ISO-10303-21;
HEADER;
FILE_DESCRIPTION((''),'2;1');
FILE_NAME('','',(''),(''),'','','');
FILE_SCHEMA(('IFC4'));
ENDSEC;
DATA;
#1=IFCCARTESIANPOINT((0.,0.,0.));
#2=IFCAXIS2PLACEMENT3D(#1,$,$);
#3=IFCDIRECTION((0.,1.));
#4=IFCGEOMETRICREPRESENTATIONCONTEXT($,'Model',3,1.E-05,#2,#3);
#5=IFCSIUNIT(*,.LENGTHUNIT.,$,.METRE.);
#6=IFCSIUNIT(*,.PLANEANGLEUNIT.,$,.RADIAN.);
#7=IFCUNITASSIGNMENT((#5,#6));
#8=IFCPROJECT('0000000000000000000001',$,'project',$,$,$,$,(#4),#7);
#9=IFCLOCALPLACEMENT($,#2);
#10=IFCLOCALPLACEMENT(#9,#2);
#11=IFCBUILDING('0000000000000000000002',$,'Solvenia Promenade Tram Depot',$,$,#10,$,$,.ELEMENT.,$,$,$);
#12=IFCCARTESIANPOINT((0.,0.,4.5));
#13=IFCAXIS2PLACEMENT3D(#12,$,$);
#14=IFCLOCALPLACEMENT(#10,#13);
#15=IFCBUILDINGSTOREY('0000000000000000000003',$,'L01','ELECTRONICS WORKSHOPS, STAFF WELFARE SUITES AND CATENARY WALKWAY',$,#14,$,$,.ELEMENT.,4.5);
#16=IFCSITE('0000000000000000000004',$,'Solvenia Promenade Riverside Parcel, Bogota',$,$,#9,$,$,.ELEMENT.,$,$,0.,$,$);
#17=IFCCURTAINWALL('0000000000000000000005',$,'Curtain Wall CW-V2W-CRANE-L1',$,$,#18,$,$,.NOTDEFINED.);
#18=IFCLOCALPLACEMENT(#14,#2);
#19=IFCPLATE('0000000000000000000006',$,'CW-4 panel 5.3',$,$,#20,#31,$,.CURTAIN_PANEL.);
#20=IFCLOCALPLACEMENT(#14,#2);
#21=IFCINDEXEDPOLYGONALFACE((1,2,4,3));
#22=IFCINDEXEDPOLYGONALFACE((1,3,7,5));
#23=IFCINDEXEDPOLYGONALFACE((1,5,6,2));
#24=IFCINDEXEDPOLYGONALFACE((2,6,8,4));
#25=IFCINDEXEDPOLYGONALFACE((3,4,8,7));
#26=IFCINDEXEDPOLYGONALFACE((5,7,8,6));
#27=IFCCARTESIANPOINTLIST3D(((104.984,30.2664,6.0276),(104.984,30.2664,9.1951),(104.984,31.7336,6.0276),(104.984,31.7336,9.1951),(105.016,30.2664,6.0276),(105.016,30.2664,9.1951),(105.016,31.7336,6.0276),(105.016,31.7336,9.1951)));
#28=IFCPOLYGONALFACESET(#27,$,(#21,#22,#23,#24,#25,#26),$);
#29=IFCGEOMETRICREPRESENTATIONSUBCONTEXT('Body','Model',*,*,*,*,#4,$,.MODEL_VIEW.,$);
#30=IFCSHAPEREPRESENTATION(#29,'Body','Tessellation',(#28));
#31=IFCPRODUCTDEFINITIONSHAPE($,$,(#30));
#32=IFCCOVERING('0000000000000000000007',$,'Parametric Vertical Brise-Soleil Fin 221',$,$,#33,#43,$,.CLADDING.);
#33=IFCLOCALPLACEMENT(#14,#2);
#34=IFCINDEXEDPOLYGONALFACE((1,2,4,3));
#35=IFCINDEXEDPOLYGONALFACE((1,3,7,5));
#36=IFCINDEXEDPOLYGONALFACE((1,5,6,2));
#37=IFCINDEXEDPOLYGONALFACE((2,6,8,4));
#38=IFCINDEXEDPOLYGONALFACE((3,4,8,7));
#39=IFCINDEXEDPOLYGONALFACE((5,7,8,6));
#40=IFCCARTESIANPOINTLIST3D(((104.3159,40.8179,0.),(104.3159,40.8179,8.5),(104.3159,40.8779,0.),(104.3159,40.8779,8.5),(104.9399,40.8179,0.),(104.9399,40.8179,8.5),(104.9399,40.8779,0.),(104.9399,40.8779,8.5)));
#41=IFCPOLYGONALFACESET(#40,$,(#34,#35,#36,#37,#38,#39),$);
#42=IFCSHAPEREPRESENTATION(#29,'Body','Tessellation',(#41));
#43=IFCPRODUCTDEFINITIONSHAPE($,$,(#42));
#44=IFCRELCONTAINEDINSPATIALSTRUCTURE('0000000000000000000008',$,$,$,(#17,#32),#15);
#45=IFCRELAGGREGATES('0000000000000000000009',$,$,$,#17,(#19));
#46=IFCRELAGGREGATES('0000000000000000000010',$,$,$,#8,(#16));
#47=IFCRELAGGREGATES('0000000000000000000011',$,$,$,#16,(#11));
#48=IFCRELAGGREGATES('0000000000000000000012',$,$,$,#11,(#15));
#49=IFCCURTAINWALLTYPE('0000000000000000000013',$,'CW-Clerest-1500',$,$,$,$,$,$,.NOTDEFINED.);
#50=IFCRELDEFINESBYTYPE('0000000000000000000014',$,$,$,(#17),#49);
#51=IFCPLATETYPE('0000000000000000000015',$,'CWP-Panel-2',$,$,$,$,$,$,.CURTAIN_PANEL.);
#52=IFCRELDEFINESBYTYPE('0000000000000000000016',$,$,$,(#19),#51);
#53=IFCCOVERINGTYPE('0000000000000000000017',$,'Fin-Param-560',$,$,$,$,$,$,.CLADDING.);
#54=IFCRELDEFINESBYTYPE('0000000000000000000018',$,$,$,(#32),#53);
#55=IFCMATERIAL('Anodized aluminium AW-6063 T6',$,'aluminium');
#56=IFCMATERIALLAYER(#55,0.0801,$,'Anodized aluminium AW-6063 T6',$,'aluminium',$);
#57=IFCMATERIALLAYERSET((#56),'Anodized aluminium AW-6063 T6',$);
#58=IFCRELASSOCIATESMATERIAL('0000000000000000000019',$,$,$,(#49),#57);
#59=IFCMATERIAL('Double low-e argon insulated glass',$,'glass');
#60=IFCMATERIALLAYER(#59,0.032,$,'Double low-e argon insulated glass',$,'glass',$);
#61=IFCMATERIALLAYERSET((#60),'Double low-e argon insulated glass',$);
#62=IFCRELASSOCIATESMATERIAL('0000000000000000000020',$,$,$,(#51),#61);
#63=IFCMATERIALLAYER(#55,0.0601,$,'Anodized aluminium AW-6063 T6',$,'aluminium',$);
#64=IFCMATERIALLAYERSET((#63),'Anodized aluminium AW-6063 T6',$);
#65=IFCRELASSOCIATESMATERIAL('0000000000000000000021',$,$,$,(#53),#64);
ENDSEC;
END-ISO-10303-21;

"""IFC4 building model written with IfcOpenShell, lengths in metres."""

from ifc_helpers import new_model, si_unit, direction, frame, origin, origin_2d, place, context, subcontext, project, spatial, rectangle, extrude, material, layer, layer_set, type_object, element, aggregate, save


model = new_model("IFC4")

# Units and contexts
model_context = context("Model", 3, precision=1e-05, world=origin(), true_north=direction((0.0, 1.0)))
body_context = subcontext(model_context, "Body", "Model", "MODEL_VIEW")
ifc_project = project(units=[si_unit("LENGTHUNIT", "METRE"), si_unit("PLANEANGLEUNIT", "RADIAN")], contexts=[model_context])

# Site, building, storey
site_placement = place(None, origin())
site = spatial("IfcSite", under=ifc_project, at=site_placement, Name="Solvenia Promenade Riverside Parcel, Bogota", CompositionType="ELEMENT", RefElevation=0.0)
building_placement = place(site_placement, origin())
building = spatial("IfcBuilding", under=site, at=building_placement, Name="Solvenia Promenade Tram Depot", CompositionType="ELEMENT")
storey_placement = place(building_placement, frame((0.0, 0.0, 4.5)))
storey = spatial("IfcBuildingStorey", under=building, at=storey_placement, Name="L01", Description="ELECTRONICS WORKSHOPS, STAFF WELFARE SUITES AND CATENARY WALKWAY", CompositionType="ELEMENT", Elevation=4.5)

# Curtain wall, plate
ifc_material_1 = material(Name="Anodized aluminium AW-6063 T6", Category="aluminium")
ifc_layer_1 = layer(ifc_material_1, 0.0801, Name="Anodized aluminium AW-6063 T6", Category="aluminium")
ifc_layer_set_1 = layer_set([ifc_layer_1], Name="Anodized aluminium AW-6063 T6")
curtain_wall_type = type_object("IfcCurtainWallType", Name="CW-Clerest-1500", PredefinedType="NOTDEFINED", material=ifc_layer_set_1)
curtain_wall_placement = place(storey_placement, origin())
curtain_wall = element("IfcCurtainWall", 1, at=curtain_wall_placement, inside=storey, type_object=curtain_wall_type, Name="Curtain Wall CW-V2W-CRANE-L1", PredefinedType="NOTDEFINED")
ifc_material_2 = material(Name="Double low-e argon insulated glass", Category="glass")
ifc_layer_2 = layer(ifc_material_2, 0.032, Name="Double low-e argon insulated glass", Category="glass")
ifc_layer_set_2 = layer_set([ifc_layer_2], Name="Double low-e argon insulated glass")
plate_type = type_object("IfcPlateType", Name="CWP-Panel-2", PredefinedType="CURTAIN_PANEL", material=ifc_layer_set_2)
plate_1_placement = place(storey_placement, frame((105.0, 31.0, 6.0276), z_axis=(0.0, 0.0, 1.0), x_axis=(0.0, 1.0, 0.0)))
plate_1 = element("IfcPlate", 2, at=plate_1_placement, type_object=plate_type, Name="CW-4 panel 5.3", PredefinedType="CURTAIN_PANEL", context=body_context, shape_type="SweptSolid", body=[
    extrude(rectangle(XDim=1.4673, YDim=0.032, at=origin_2d()), origin(), (0.0, 0.0, 1.0), 3.1675),
])
aggregate(curtain_wall, [plate_1])

# Covering
ifc_layer_3 = layer(ifc_material_1, 0.0601, Name="Anodized aluminium AW-6063 T6", Category="aluminium")
ifc_layer_set_3 = layer_set([ifc_layer_3], Name="Anodized aluminium AW-6063 T6")
covering_type = type_object("IfcCoveringType", Name="Fin-Param-560", PredefinedType="CLADDING", material=ifc_layer_set_3)
covering_placement = place(storey_placement, frame((104.6279, 40.8479, 0.0), z_axis=(0.0, 0.0, 1.0), x_axis=(0.0, 1.0, 0.0)))
element("IfcCovering", 3, at=covering_placement, inside=storey, type_object=covering_type, Name="Parametric Vertical Brise-Soleil Fin 221", PredefinedType="CLADDING", context=body_context, shape_type="SweptSolid", body=[
    extrude(rectangle(XDim=0.0601, YDim=0.624, at=origin_2d()), origin(), (0.0, 0.0, 1.0), 8.5),
])

save(model, "model.ifc")
